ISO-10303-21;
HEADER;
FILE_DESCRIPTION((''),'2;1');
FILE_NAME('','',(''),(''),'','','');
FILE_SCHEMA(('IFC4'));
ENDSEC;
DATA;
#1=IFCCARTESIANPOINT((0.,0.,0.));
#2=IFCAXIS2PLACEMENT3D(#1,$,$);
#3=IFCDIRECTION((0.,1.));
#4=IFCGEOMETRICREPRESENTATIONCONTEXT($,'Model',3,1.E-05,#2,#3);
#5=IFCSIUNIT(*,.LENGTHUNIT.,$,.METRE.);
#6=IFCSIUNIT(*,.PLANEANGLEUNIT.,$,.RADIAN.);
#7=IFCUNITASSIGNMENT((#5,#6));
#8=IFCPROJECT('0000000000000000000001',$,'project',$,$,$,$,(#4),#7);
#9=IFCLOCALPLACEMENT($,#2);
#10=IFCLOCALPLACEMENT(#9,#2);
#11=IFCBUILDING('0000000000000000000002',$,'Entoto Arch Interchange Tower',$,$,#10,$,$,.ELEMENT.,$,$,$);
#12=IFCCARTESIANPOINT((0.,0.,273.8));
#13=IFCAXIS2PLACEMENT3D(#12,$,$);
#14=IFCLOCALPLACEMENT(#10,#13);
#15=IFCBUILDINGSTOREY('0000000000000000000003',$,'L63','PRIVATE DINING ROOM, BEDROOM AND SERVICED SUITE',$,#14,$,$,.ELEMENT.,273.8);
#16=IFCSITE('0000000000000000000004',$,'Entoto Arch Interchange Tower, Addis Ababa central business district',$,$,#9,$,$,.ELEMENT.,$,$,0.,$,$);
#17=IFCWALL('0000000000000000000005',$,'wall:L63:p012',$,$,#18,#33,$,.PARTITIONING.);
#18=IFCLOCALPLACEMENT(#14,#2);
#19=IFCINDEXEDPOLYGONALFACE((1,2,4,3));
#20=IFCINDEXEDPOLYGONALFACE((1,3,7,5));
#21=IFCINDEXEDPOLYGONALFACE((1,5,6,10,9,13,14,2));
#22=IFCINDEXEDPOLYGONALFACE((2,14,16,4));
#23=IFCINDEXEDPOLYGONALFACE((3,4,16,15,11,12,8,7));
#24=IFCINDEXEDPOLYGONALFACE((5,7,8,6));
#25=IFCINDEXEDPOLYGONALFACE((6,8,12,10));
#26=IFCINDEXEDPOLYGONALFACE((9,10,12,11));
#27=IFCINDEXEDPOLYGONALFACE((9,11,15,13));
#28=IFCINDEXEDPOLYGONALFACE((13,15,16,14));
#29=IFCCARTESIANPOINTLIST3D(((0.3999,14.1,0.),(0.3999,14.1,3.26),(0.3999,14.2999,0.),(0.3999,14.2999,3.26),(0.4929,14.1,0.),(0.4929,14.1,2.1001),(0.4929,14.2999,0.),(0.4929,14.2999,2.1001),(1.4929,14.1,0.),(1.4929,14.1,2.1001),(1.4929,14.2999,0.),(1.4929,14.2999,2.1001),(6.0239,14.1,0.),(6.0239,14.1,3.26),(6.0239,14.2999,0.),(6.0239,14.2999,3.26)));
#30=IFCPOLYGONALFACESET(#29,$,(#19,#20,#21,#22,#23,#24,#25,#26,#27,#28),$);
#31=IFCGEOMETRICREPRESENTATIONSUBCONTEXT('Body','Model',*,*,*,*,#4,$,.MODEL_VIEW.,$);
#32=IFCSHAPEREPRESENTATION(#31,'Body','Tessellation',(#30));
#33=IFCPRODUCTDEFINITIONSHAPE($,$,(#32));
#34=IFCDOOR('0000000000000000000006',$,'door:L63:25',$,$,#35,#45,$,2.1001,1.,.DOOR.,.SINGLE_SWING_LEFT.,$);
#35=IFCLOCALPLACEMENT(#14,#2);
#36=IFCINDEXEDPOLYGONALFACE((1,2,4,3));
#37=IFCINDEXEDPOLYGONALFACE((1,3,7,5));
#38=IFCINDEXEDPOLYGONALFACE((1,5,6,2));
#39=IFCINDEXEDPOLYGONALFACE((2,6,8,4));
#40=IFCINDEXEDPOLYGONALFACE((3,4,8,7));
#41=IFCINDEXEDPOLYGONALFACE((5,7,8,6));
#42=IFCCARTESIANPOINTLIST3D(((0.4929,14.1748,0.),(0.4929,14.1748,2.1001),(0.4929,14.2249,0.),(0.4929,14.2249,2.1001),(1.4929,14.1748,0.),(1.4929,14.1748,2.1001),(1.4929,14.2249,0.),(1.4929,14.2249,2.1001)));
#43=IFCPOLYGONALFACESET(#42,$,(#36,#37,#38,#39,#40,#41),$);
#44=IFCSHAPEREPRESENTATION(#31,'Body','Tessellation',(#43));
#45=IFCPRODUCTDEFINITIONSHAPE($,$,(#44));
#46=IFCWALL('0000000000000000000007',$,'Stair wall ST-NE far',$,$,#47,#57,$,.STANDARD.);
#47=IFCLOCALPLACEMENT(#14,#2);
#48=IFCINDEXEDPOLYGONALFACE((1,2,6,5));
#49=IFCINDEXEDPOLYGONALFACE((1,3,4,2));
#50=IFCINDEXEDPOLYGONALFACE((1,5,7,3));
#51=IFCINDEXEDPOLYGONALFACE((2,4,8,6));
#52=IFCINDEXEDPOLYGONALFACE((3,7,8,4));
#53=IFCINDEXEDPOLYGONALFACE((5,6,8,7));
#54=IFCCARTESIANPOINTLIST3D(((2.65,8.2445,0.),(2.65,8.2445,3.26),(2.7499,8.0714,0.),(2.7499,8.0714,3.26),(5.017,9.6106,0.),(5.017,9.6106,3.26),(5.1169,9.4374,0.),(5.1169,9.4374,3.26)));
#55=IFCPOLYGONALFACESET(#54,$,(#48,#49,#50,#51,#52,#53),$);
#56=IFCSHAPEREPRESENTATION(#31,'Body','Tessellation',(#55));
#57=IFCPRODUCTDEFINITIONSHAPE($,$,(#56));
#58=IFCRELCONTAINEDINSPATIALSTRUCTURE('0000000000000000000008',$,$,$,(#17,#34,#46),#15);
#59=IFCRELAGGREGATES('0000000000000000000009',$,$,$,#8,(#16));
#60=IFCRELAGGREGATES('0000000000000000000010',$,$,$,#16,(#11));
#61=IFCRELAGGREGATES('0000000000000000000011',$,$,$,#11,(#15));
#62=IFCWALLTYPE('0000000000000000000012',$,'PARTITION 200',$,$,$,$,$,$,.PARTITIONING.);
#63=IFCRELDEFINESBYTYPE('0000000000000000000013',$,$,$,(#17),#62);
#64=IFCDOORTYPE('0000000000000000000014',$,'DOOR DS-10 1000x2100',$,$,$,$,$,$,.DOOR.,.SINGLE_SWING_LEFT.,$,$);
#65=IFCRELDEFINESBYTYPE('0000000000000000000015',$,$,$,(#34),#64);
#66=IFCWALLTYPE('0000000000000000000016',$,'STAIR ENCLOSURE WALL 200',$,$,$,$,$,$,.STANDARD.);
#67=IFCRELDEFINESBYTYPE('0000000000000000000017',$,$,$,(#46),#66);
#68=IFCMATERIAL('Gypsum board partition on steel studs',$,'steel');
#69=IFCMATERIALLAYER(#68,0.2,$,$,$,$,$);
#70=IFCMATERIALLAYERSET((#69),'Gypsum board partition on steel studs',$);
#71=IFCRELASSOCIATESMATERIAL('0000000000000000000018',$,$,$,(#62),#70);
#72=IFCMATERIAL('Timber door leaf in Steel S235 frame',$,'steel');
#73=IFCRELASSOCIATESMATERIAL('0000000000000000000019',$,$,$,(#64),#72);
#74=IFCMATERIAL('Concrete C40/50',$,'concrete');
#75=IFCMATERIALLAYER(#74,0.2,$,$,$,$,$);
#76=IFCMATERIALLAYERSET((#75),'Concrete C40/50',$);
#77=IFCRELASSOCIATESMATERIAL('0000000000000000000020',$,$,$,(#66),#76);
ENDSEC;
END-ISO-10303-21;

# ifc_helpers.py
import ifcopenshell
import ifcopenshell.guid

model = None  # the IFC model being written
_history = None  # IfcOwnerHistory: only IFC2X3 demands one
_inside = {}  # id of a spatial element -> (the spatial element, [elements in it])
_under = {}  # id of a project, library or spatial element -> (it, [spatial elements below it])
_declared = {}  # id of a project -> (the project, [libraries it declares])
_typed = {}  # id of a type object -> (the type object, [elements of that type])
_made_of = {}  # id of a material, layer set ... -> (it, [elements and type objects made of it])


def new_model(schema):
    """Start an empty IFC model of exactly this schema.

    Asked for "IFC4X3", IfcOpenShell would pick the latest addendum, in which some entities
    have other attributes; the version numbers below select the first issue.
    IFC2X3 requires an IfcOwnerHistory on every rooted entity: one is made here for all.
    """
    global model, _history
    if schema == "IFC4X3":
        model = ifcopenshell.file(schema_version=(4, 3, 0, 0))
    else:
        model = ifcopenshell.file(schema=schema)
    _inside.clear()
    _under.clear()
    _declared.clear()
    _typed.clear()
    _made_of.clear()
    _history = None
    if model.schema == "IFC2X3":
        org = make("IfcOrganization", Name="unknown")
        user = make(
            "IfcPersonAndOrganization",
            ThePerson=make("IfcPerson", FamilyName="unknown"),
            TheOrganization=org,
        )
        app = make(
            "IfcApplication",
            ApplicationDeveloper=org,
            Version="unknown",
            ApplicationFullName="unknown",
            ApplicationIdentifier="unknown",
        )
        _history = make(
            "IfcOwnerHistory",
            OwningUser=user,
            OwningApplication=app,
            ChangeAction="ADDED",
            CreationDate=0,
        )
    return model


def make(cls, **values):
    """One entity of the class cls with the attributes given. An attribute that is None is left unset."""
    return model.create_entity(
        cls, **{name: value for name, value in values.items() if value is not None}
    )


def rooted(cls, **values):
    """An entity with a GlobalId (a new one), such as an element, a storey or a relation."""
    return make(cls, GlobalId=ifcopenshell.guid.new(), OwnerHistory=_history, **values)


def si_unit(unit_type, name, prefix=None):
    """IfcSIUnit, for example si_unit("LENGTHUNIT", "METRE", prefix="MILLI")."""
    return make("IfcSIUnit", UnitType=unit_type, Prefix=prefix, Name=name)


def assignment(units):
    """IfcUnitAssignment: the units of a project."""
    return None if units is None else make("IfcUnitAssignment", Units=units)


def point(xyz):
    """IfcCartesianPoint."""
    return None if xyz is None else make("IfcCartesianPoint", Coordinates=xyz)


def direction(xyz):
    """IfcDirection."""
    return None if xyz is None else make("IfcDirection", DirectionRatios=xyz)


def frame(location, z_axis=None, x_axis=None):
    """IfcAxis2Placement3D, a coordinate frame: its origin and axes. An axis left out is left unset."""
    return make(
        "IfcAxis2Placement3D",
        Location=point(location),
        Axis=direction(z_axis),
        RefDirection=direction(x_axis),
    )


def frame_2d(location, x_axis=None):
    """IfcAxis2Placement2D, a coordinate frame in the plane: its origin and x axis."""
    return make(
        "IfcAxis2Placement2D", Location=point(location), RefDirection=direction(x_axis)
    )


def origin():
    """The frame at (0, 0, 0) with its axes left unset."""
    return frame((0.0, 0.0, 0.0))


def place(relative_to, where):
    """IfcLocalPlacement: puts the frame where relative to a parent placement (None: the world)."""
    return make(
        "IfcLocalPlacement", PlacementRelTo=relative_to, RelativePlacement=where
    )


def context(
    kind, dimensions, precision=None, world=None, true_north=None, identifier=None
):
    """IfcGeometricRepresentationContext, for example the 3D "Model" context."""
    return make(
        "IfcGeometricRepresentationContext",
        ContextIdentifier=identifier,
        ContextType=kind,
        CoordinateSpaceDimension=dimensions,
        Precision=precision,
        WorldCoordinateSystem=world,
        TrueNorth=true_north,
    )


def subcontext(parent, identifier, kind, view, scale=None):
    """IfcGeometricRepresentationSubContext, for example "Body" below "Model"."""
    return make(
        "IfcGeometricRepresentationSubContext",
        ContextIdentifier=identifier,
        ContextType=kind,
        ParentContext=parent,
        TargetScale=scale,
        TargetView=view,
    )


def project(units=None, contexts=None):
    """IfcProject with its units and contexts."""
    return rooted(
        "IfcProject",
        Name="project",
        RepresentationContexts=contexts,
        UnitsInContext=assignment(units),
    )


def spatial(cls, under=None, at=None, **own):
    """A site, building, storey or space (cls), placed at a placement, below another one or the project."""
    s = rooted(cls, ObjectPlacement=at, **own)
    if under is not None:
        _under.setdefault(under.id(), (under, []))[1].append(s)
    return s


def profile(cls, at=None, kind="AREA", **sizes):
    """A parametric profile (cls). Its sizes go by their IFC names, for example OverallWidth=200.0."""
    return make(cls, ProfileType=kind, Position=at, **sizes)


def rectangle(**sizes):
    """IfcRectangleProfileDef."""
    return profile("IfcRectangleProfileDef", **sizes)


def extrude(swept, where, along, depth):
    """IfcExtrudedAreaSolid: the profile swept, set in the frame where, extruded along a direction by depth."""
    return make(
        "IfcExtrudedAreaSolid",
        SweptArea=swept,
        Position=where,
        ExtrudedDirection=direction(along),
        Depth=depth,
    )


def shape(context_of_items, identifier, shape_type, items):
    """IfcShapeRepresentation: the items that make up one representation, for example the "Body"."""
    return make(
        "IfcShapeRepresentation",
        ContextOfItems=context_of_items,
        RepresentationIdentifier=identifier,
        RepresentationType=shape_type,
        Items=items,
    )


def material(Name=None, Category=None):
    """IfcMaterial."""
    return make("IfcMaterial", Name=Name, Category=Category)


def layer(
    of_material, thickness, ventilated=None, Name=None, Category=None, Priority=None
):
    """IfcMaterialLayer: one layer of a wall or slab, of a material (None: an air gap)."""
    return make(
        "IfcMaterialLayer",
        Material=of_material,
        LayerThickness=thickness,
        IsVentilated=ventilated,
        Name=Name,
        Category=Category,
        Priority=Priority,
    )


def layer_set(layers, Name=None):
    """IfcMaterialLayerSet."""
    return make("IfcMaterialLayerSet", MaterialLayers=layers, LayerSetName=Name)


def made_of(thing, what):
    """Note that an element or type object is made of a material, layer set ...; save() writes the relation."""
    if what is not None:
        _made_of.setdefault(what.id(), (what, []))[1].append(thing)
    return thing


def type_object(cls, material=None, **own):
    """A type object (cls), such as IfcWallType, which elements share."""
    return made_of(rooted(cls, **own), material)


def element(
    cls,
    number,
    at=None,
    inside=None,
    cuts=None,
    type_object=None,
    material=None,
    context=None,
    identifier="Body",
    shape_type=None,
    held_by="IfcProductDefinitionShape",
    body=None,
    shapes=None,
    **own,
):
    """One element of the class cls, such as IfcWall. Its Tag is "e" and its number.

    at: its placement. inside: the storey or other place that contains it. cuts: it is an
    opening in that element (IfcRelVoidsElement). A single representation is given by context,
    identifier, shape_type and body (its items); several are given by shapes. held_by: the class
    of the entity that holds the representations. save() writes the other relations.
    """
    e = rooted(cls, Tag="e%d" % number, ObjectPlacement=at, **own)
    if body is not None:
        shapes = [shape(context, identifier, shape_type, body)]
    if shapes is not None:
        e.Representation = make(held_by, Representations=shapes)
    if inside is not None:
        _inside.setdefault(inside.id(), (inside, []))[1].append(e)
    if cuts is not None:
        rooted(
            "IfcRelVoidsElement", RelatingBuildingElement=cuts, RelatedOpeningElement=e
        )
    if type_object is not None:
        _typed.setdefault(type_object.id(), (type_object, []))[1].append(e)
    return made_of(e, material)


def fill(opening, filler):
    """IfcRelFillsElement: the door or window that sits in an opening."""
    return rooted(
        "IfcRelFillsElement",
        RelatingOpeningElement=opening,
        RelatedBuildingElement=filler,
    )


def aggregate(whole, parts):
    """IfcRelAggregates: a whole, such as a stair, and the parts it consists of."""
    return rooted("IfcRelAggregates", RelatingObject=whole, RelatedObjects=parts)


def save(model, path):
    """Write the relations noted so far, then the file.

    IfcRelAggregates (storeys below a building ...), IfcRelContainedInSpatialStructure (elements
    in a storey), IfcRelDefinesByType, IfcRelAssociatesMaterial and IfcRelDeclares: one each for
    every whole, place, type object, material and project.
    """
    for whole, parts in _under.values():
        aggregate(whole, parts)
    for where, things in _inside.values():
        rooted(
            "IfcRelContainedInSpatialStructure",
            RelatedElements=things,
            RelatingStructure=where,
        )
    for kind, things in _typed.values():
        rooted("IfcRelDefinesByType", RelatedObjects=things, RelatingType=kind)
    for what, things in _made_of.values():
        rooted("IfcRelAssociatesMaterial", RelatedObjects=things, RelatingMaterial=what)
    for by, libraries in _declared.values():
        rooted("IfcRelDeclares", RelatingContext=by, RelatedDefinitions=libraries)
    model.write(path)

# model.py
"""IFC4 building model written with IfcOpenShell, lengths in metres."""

from ifc_helpers import new_model, si_unit, direction, frame, frame_2d, origin, place, context, subcontext, project, spatial, rectangle, extrude, material, layer, layer_set, type_object, element, fill, save


model = new_model("IFC4")

# Units and contexts
model_context = context("Model", 3, precision=1e-05, world=origin(), true_north=direction((0.0, 1.0)))
body_context = subcontext(model_context, "Body", "Model", "MODEL_VIEW")
ifc_project = project(units=[si_unit("LENGTHUNIT", "METRE"), si_unit("PLANEANGLEUNIT", "RADIAN")], contexts=[model_context])

# Site, building, storey
site_placement = place(None, origin())
site = spatial("IfcSite", under=ifc_project, at=site_placement, Name="Entoto Arch Interchange Tower, Addis Ababa central business district", CompositionType="ELEMENT", RefElevation=0.0)
building_placement = place(site_placement, origin())
building = spatial("IfcBuilding", under=site, at=building_placement, Name="Entoto Arch Interchange Tower", CompositionType="ELEMENT")
storey_placement = place(building_placement, frame((0.0, 0.0, 273.8)))
storey = spatial("IfcBuildingStorey", under=building, at=storey_placement, Name="L63", Description="PRIVATE DINING ROOM, BEDROOM AND SERVICED SUITE", CompositionType="ELEMENT", Elevation=273.8)

# Shared definitions
ifc_material_1 = material(Name="Concrete C40/50", Category="concrete")

# Shared definitions
ifc_material_2 = material(Name="Gypsum board partition on steel studs", Category="steel")
ifc_layer_1 = layer(ifc_material_2, 0.2)
ifc_layer_set_1 = layer_set([ifc_layer_1], Name="Gypsum board partition on steel studs")
wall_type_1 = type_object("IfcWallType", Name="PARTITION 200", PredefinedType="PARTITIONING", material=ifc_layer_set_1)

# Wall, opening, door
wall_1_placement = place(storey_placement, frame((0.3999, 14.2, 0.0), z_axis=(0.0, 0.0, 1.0), x_axis=(1.0, 0.0, 0.0)))
wall_1 = element("IfcWall", 1, at=wall_1_placement, inside=storey, type_object=wall_type_1, Name="wall:L63:p012", PredefinedType="PARTITIONING", context=body_context, shape_type="SweptSolid", body=[
    extrude(rectangle(XDim=5.624, YDim=0.2, at=frame_2d((2.812, 0.0))), origin(), (0.0, 0.0, 1.0), 3.26),
])
opening_1_placement = place(wall_1_placement, frame((0.093, 0.0, 0.0)))
opening_1 = element("IfcOpeningElement", 2, at=opening_1_placement, cuts=wall_1, PredefinedType="OPENING", context=body_context, shape_type="SweptSolid", body=[
    extrude(rectangle(XDim=1.0, YDim=2.1001, at=frame_2d((0.5, 1.05))), frame((0.0, 0.1099, 0.0), z_axis=(0.0, -1.0, 0.0), x_axis=(1.0, 0.0, 0.0)), (0.0, 0.0, 1.0), 0.22),
])
ifc_material_3 = material(Name="Timber door leaf in Steel S235 frame", Category="steel")
door_type_1 = type_object("IfcDoorType", Name="DOOR DS-10 1000x2100", OperationType="SINGLE_SWING_LEFT", PredefinedType="DOOR", material=ifc_material_3)
door_1_placement = place(opening_1_placement, origin())
door_1 = element("IfcDoor", 3, at=door_1_placement, inside=storey, type_object=door_type_1, Name="door:L63:25", OperationType="SINGLE_SWING_LEFT", OverallHeight=2.1001, OverallWidth=1.0, PredefinedType="DOOR", context=body_context, shape_type="SweptSolid", body=[
    extrude(rectangle(XDim=1.0, YDim=2.1001, at=frame_2d((0.5, 1.05))), frame((0.0, 0.0249, 0.0), z_axis=(0.0, -1.0, 0.0), x_axis=(1.0, 0.0, 0.0)), (0.0, 0.0, 1.0), 0.05),
])
fill(opening_1, door_1)

# Wall
ifc_layer_2 = layer(ifc_material_1, 0.2)
ifc_layer_set_2 = layer_set([ifc_layer_2], Name="Concrete C40/50")
wall_type_2 = type_object("IfcWallType", Name="STAIR ENCLOSURE WALL 200", PredefinedType="STANDARD", material=ifc_layer_set_2)
wall_2_placement = place(storey_placement, frame((2.7, 8.158, 0.0), z_axis=(0.0, 0.0, 1.0), x_axis=(0.866119, 0.499838, 0.0)))
element("IfcWall", 4, at=wall_2_placement, inside=storey, type_object=wall_type_2, Name="Stair wall ST-NE far", PredefinedType="STANDARD", context=body_context, shape_type="SweptSolid", body=[
    extrude(rectangle(XDim=2.7329, YDim=0.2, at=frame_2d((1.3665, 0.0))), origin(), (0.0, 0.0, 1.0), 3.26),
])

save(model, "model.ifc")
